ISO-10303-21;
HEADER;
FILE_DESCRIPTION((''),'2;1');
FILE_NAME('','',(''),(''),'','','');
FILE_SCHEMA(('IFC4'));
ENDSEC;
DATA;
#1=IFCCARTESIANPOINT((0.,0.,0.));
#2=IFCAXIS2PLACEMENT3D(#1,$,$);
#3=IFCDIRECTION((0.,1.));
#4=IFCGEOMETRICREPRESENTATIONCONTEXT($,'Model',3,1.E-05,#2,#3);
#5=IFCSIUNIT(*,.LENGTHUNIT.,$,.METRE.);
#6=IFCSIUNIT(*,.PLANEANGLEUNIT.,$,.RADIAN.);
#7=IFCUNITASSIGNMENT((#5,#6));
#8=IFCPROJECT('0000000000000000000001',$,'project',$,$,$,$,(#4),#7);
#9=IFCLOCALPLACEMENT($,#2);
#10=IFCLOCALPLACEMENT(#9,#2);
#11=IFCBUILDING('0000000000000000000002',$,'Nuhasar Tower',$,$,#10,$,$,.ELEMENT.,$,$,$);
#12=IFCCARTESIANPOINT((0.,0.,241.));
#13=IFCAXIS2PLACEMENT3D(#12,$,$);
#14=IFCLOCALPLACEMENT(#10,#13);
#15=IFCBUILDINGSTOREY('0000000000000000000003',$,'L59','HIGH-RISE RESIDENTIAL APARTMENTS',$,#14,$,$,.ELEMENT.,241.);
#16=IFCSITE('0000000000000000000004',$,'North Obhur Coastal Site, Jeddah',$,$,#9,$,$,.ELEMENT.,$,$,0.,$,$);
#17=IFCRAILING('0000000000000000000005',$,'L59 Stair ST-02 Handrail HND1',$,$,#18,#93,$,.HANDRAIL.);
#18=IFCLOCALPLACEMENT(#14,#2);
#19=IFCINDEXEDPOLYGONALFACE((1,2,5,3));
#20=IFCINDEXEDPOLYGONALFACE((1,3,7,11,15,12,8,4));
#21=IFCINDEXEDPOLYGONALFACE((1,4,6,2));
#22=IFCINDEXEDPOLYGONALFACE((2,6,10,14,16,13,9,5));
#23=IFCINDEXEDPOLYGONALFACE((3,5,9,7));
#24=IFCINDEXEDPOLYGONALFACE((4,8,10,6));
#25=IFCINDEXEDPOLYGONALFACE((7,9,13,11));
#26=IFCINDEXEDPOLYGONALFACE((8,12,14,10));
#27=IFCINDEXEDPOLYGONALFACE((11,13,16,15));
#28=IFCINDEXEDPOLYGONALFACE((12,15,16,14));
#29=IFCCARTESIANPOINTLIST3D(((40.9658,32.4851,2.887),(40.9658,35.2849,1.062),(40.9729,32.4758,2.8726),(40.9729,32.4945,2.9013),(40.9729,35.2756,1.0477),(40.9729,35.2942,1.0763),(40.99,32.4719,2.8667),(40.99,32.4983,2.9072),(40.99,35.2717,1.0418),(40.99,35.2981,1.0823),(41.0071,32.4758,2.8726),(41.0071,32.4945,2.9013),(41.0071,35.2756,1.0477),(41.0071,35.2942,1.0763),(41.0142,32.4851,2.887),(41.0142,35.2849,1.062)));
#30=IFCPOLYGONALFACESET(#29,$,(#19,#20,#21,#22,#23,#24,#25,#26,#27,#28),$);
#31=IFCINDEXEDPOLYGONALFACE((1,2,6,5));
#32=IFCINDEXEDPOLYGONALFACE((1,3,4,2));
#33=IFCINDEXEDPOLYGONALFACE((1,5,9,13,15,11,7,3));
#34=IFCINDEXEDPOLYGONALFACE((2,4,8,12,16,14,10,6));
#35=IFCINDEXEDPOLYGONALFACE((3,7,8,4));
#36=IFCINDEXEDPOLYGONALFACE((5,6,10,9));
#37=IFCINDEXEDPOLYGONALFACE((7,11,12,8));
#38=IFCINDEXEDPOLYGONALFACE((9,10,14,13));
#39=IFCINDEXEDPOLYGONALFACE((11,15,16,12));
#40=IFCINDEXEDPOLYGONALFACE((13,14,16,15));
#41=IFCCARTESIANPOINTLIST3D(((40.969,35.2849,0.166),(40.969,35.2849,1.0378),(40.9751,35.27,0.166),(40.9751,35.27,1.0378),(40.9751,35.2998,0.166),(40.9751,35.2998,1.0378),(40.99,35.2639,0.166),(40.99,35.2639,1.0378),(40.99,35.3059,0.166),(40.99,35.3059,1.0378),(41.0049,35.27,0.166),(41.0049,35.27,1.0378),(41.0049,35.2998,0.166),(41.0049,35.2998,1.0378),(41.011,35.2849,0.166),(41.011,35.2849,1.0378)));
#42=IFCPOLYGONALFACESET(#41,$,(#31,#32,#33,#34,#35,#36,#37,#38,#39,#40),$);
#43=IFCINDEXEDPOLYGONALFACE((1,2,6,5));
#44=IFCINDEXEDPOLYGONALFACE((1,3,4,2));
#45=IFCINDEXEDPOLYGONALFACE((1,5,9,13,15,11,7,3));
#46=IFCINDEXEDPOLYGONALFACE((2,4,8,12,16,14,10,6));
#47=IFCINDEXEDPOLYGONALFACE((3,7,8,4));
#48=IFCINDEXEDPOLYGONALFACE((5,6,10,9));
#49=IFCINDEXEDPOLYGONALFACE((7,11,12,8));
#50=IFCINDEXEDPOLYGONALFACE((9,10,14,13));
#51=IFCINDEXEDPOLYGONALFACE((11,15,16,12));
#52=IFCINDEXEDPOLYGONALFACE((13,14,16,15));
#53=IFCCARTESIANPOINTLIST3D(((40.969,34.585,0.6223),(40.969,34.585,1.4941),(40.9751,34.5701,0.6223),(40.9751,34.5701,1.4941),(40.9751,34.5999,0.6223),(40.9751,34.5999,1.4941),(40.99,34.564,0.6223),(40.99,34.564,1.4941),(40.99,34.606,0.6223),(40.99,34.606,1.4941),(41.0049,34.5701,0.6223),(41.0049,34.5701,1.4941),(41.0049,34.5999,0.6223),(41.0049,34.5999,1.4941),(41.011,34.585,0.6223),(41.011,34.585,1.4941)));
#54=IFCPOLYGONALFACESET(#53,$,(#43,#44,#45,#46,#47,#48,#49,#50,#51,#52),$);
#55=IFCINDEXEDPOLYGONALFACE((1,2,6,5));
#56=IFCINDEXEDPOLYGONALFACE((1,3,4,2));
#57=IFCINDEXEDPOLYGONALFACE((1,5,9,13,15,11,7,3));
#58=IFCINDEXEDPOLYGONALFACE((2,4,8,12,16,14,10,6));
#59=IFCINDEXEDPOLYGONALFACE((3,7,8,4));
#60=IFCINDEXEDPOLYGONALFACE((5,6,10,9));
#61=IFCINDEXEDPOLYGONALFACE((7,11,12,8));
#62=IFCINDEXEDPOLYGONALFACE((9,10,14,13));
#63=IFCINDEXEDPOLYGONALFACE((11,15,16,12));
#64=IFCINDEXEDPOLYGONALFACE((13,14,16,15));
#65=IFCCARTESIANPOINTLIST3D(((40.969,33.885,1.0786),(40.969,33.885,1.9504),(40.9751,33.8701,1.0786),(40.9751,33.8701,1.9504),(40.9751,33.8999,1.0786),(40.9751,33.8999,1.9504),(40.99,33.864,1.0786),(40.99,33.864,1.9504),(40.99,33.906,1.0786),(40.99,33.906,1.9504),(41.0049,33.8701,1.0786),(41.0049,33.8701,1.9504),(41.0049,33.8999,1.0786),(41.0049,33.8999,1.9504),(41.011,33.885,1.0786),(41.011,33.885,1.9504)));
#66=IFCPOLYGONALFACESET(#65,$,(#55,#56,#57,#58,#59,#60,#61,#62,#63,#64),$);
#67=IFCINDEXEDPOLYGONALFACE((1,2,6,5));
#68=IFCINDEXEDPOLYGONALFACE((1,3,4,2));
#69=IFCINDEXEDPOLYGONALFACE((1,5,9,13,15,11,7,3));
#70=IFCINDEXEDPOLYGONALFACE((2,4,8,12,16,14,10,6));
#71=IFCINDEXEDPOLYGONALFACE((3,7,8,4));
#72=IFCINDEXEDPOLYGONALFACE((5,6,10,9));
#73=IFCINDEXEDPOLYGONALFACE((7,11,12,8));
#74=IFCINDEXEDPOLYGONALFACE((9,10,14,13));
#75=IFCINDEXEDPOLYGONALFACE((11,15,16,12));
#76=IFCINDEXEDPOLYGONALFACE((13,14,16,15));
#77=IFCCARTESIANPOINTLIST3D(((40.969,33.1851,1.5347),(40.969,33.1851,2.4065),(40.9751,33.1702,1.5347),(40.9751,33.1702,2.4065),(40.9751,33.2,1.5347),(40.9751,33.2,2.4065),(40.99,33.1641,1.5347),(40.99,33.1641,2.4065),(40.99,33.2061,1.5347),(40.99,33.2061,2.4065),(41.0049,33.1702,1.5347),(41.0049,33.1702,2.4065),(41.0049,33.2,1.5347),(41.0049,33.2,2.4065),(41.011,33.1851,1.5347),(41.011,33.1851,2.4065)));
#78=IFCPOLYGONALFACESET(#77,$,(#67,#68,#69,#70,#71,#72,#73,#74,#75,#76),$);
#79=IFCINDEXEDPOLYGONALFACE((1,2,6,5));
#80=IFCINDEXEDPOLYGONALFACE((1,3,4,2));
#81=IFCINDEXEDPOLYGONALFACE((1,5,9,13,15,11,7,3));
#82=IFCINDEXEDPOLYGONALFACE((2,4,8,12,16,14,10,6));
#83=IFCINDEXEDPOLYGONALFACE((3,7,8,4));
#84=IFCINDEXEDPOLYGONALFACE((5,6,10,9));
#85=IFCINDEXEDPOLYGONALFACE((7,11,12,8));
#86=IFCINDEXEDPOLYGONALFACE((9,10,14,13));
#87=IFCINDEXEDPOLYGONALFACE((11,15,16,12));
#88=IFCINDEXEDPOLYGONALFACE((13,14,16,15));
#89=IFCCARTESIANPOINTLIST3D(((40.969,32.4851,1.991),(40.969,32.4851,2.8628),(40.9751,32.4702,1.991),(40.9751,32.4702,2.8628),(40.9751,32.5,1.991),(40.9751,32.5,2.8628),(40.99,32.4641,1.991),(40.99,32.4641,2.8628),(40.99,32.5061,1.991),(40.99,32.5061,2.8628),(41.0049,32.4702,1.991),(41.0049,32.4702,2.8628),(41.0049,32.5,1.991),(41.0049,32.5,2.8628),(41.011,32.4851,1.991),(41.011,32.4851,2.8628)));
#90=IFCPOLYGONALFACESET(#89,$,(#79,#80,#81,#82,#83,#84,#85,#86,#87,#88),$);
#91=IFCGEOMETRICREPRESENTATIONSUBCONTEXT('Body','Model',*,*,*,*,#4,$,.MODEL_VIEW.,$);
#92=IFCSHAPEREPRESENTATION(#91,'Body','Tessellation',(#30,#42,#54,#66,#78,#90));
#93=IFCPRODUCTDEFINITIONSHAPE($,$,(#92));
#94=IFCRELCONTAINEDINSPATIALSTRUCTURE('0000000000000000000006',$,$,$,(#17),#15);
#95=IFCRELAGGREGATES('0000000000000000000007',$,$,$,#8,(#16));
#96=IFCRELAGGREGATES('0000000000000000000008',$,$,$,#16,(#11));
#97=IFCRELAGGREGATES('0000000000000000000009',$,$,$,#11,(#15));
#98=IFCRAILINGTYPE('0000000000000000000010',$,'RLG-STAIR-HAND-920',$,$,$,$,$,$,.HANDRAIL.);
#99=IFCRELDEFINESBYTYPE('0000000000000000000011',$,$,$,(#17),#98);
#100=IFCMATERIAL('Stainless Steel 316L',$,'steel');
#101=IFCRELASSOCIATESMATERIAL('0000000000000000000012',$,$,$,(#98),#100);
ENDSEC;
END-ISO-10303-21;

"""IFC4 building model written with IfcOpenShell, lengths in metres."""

from ifc_helpers import new_model, si_unit, direction, frame, origin, place, context, subcontext, project, spatial, polyline, outline, extrude, material, type_object, element, save


model = new_model("IFC4")

# Units and contexts
model_context = context("Model", 3, precision=1e-05, world=origin(), true_north=direction((0.0, 1.0)))
body_context = subcontext(model_context, "Body", "Model", "MODEL_VIEW")
ifc_project = project(units=[si_unit("LENGTHUNIT", "METRE"), si_unit("PLANEANGLEUNIT", "RADIAN")], contexts=[model_context])

# Site, building, storey
site_placement = place(None, origin())
site = spatial("IfcSite", under=ifc_project, at=site_placement, Name="North Obhur Coastal Site, Jeddah", CompositionType="ELEMENT", RefElevation=0.0)
building_placement = place(site_placement, origin())
building = spatial("IfcBuilding", under=site, at=building_placement, Name="Nuhasar Tower", CompositionType="ELEMENT")
storey_placement = place(building_placement, frame((0.0, 0.0, 241.0)))
storey = spatial("IfcBuildingStorey", under=building, at=storey_placement, Name="L59", Description="HIGH-RISE RESIDENTIAL APARTMENTS", CompositionType="ELEMENT", Elevation=241.0)

# Railing
ifc_material_1 = material(Name="Stainless Steel 316L", Category="steel")
railing_type_1 = type_object("IfcRailingType", Name="RLG-STAIR-HAND-920", PredefinedType="HANDRAIL", material=ifc_material_1)
railing_1_placement = place(storey_placement, frame((40.99, 35.2849, 0.166)))
element("IfcRailing", 1, at=railing_1_placement, inside=storey, type_object=railing_type_1, Name="L59 Stair ST-02 Handrail HND1", PredefinedType="HANDRAIL", context=body_context, shape_type="SweptSolid", body=[
    extrude(outline(polyline([(0.0242, 0.0), (0.0171, 0.0171), (0.0, 0.0242), (-0.0171, 0.0171), (-0.0242, 0.0), (-0.0171, -0.0171), (0.0, -0.0242), (0.0171, -0.0171), (0.0242, 0.0)])), frame((0.0, 0.0, 0.896), z_axis=(0.0, -0.837749, 0.546056), x_axis=(1.0, 0.0, 0.0)), (0.0, 0.0, 1.0), 3.342),
    extrude(outline(polyline([(0.021, 0.0), (0.0149, 0.0149), (0.0, 0.021), (-0.0149, 0.0149), (-0.021, 0.0), (-0.0149, -0.0149), (0.0, -0.021), (0.0149, -0.0149), (0.021, 0.0)])), origin(), (0.0, 0.0, 1.0), 0.8718),
    extrude(outline(polyline([(0.021, 0.0), (0.0149, 0.0149), (0.0, 0.021), (-0.0149, 0.0149), (-0.021, 0.0), (-0.0149, -0.0149), (0.0, -0.021), (0.0149, -0.0149), (0.021, 0.0)])), frame((0.0, -0.7, 0.4563)), (0.0, 0.0, 1.0), 0.8718),
    extrude(outline(polyline([(0.021, 0.0), (0.0149, 0.0149), (0.0, 0.021), (-0.0149, 0.0149), (-0.021, 0.0), (-0.0149, -0.0149), (0.0, -0.021), (0.0149, -0.0149), (0.021, 0.0)])), frame((0.0, -1.3999, 0.9126)), (0.0, 0.0, 1.0), 0.8718),
    extrude(outline(polyline([(0.021, 0.0), (0.0149, 0.0149), (0.0, 0.021), (-0.0149, 0.0149), (-0.021, 0.0), (-0.0149, -0.0149), (0.0, -0.021), (0.0149, -0.0149), (0.021, 0.0)])), frame((0.0, -2.0999, 1.3687)), (0.0, 0.0, 1.0), 0.8718),
    extrude(outline(polyline([(0.021, 0.0), (0.0149, 0.0149), (0.0, 0.021), (-0.0149, 0.0149), (-0.021, 0.0), (-0.0149, -0.0149), (0.0, -0.021), (0.0149, -0.0149), (0.021, 0.0)])), frame((0.0, -2.7998, 1.825)), (0.0, 0.0, 1.0), 0.8718),
])

save(model, "model.ifc")
